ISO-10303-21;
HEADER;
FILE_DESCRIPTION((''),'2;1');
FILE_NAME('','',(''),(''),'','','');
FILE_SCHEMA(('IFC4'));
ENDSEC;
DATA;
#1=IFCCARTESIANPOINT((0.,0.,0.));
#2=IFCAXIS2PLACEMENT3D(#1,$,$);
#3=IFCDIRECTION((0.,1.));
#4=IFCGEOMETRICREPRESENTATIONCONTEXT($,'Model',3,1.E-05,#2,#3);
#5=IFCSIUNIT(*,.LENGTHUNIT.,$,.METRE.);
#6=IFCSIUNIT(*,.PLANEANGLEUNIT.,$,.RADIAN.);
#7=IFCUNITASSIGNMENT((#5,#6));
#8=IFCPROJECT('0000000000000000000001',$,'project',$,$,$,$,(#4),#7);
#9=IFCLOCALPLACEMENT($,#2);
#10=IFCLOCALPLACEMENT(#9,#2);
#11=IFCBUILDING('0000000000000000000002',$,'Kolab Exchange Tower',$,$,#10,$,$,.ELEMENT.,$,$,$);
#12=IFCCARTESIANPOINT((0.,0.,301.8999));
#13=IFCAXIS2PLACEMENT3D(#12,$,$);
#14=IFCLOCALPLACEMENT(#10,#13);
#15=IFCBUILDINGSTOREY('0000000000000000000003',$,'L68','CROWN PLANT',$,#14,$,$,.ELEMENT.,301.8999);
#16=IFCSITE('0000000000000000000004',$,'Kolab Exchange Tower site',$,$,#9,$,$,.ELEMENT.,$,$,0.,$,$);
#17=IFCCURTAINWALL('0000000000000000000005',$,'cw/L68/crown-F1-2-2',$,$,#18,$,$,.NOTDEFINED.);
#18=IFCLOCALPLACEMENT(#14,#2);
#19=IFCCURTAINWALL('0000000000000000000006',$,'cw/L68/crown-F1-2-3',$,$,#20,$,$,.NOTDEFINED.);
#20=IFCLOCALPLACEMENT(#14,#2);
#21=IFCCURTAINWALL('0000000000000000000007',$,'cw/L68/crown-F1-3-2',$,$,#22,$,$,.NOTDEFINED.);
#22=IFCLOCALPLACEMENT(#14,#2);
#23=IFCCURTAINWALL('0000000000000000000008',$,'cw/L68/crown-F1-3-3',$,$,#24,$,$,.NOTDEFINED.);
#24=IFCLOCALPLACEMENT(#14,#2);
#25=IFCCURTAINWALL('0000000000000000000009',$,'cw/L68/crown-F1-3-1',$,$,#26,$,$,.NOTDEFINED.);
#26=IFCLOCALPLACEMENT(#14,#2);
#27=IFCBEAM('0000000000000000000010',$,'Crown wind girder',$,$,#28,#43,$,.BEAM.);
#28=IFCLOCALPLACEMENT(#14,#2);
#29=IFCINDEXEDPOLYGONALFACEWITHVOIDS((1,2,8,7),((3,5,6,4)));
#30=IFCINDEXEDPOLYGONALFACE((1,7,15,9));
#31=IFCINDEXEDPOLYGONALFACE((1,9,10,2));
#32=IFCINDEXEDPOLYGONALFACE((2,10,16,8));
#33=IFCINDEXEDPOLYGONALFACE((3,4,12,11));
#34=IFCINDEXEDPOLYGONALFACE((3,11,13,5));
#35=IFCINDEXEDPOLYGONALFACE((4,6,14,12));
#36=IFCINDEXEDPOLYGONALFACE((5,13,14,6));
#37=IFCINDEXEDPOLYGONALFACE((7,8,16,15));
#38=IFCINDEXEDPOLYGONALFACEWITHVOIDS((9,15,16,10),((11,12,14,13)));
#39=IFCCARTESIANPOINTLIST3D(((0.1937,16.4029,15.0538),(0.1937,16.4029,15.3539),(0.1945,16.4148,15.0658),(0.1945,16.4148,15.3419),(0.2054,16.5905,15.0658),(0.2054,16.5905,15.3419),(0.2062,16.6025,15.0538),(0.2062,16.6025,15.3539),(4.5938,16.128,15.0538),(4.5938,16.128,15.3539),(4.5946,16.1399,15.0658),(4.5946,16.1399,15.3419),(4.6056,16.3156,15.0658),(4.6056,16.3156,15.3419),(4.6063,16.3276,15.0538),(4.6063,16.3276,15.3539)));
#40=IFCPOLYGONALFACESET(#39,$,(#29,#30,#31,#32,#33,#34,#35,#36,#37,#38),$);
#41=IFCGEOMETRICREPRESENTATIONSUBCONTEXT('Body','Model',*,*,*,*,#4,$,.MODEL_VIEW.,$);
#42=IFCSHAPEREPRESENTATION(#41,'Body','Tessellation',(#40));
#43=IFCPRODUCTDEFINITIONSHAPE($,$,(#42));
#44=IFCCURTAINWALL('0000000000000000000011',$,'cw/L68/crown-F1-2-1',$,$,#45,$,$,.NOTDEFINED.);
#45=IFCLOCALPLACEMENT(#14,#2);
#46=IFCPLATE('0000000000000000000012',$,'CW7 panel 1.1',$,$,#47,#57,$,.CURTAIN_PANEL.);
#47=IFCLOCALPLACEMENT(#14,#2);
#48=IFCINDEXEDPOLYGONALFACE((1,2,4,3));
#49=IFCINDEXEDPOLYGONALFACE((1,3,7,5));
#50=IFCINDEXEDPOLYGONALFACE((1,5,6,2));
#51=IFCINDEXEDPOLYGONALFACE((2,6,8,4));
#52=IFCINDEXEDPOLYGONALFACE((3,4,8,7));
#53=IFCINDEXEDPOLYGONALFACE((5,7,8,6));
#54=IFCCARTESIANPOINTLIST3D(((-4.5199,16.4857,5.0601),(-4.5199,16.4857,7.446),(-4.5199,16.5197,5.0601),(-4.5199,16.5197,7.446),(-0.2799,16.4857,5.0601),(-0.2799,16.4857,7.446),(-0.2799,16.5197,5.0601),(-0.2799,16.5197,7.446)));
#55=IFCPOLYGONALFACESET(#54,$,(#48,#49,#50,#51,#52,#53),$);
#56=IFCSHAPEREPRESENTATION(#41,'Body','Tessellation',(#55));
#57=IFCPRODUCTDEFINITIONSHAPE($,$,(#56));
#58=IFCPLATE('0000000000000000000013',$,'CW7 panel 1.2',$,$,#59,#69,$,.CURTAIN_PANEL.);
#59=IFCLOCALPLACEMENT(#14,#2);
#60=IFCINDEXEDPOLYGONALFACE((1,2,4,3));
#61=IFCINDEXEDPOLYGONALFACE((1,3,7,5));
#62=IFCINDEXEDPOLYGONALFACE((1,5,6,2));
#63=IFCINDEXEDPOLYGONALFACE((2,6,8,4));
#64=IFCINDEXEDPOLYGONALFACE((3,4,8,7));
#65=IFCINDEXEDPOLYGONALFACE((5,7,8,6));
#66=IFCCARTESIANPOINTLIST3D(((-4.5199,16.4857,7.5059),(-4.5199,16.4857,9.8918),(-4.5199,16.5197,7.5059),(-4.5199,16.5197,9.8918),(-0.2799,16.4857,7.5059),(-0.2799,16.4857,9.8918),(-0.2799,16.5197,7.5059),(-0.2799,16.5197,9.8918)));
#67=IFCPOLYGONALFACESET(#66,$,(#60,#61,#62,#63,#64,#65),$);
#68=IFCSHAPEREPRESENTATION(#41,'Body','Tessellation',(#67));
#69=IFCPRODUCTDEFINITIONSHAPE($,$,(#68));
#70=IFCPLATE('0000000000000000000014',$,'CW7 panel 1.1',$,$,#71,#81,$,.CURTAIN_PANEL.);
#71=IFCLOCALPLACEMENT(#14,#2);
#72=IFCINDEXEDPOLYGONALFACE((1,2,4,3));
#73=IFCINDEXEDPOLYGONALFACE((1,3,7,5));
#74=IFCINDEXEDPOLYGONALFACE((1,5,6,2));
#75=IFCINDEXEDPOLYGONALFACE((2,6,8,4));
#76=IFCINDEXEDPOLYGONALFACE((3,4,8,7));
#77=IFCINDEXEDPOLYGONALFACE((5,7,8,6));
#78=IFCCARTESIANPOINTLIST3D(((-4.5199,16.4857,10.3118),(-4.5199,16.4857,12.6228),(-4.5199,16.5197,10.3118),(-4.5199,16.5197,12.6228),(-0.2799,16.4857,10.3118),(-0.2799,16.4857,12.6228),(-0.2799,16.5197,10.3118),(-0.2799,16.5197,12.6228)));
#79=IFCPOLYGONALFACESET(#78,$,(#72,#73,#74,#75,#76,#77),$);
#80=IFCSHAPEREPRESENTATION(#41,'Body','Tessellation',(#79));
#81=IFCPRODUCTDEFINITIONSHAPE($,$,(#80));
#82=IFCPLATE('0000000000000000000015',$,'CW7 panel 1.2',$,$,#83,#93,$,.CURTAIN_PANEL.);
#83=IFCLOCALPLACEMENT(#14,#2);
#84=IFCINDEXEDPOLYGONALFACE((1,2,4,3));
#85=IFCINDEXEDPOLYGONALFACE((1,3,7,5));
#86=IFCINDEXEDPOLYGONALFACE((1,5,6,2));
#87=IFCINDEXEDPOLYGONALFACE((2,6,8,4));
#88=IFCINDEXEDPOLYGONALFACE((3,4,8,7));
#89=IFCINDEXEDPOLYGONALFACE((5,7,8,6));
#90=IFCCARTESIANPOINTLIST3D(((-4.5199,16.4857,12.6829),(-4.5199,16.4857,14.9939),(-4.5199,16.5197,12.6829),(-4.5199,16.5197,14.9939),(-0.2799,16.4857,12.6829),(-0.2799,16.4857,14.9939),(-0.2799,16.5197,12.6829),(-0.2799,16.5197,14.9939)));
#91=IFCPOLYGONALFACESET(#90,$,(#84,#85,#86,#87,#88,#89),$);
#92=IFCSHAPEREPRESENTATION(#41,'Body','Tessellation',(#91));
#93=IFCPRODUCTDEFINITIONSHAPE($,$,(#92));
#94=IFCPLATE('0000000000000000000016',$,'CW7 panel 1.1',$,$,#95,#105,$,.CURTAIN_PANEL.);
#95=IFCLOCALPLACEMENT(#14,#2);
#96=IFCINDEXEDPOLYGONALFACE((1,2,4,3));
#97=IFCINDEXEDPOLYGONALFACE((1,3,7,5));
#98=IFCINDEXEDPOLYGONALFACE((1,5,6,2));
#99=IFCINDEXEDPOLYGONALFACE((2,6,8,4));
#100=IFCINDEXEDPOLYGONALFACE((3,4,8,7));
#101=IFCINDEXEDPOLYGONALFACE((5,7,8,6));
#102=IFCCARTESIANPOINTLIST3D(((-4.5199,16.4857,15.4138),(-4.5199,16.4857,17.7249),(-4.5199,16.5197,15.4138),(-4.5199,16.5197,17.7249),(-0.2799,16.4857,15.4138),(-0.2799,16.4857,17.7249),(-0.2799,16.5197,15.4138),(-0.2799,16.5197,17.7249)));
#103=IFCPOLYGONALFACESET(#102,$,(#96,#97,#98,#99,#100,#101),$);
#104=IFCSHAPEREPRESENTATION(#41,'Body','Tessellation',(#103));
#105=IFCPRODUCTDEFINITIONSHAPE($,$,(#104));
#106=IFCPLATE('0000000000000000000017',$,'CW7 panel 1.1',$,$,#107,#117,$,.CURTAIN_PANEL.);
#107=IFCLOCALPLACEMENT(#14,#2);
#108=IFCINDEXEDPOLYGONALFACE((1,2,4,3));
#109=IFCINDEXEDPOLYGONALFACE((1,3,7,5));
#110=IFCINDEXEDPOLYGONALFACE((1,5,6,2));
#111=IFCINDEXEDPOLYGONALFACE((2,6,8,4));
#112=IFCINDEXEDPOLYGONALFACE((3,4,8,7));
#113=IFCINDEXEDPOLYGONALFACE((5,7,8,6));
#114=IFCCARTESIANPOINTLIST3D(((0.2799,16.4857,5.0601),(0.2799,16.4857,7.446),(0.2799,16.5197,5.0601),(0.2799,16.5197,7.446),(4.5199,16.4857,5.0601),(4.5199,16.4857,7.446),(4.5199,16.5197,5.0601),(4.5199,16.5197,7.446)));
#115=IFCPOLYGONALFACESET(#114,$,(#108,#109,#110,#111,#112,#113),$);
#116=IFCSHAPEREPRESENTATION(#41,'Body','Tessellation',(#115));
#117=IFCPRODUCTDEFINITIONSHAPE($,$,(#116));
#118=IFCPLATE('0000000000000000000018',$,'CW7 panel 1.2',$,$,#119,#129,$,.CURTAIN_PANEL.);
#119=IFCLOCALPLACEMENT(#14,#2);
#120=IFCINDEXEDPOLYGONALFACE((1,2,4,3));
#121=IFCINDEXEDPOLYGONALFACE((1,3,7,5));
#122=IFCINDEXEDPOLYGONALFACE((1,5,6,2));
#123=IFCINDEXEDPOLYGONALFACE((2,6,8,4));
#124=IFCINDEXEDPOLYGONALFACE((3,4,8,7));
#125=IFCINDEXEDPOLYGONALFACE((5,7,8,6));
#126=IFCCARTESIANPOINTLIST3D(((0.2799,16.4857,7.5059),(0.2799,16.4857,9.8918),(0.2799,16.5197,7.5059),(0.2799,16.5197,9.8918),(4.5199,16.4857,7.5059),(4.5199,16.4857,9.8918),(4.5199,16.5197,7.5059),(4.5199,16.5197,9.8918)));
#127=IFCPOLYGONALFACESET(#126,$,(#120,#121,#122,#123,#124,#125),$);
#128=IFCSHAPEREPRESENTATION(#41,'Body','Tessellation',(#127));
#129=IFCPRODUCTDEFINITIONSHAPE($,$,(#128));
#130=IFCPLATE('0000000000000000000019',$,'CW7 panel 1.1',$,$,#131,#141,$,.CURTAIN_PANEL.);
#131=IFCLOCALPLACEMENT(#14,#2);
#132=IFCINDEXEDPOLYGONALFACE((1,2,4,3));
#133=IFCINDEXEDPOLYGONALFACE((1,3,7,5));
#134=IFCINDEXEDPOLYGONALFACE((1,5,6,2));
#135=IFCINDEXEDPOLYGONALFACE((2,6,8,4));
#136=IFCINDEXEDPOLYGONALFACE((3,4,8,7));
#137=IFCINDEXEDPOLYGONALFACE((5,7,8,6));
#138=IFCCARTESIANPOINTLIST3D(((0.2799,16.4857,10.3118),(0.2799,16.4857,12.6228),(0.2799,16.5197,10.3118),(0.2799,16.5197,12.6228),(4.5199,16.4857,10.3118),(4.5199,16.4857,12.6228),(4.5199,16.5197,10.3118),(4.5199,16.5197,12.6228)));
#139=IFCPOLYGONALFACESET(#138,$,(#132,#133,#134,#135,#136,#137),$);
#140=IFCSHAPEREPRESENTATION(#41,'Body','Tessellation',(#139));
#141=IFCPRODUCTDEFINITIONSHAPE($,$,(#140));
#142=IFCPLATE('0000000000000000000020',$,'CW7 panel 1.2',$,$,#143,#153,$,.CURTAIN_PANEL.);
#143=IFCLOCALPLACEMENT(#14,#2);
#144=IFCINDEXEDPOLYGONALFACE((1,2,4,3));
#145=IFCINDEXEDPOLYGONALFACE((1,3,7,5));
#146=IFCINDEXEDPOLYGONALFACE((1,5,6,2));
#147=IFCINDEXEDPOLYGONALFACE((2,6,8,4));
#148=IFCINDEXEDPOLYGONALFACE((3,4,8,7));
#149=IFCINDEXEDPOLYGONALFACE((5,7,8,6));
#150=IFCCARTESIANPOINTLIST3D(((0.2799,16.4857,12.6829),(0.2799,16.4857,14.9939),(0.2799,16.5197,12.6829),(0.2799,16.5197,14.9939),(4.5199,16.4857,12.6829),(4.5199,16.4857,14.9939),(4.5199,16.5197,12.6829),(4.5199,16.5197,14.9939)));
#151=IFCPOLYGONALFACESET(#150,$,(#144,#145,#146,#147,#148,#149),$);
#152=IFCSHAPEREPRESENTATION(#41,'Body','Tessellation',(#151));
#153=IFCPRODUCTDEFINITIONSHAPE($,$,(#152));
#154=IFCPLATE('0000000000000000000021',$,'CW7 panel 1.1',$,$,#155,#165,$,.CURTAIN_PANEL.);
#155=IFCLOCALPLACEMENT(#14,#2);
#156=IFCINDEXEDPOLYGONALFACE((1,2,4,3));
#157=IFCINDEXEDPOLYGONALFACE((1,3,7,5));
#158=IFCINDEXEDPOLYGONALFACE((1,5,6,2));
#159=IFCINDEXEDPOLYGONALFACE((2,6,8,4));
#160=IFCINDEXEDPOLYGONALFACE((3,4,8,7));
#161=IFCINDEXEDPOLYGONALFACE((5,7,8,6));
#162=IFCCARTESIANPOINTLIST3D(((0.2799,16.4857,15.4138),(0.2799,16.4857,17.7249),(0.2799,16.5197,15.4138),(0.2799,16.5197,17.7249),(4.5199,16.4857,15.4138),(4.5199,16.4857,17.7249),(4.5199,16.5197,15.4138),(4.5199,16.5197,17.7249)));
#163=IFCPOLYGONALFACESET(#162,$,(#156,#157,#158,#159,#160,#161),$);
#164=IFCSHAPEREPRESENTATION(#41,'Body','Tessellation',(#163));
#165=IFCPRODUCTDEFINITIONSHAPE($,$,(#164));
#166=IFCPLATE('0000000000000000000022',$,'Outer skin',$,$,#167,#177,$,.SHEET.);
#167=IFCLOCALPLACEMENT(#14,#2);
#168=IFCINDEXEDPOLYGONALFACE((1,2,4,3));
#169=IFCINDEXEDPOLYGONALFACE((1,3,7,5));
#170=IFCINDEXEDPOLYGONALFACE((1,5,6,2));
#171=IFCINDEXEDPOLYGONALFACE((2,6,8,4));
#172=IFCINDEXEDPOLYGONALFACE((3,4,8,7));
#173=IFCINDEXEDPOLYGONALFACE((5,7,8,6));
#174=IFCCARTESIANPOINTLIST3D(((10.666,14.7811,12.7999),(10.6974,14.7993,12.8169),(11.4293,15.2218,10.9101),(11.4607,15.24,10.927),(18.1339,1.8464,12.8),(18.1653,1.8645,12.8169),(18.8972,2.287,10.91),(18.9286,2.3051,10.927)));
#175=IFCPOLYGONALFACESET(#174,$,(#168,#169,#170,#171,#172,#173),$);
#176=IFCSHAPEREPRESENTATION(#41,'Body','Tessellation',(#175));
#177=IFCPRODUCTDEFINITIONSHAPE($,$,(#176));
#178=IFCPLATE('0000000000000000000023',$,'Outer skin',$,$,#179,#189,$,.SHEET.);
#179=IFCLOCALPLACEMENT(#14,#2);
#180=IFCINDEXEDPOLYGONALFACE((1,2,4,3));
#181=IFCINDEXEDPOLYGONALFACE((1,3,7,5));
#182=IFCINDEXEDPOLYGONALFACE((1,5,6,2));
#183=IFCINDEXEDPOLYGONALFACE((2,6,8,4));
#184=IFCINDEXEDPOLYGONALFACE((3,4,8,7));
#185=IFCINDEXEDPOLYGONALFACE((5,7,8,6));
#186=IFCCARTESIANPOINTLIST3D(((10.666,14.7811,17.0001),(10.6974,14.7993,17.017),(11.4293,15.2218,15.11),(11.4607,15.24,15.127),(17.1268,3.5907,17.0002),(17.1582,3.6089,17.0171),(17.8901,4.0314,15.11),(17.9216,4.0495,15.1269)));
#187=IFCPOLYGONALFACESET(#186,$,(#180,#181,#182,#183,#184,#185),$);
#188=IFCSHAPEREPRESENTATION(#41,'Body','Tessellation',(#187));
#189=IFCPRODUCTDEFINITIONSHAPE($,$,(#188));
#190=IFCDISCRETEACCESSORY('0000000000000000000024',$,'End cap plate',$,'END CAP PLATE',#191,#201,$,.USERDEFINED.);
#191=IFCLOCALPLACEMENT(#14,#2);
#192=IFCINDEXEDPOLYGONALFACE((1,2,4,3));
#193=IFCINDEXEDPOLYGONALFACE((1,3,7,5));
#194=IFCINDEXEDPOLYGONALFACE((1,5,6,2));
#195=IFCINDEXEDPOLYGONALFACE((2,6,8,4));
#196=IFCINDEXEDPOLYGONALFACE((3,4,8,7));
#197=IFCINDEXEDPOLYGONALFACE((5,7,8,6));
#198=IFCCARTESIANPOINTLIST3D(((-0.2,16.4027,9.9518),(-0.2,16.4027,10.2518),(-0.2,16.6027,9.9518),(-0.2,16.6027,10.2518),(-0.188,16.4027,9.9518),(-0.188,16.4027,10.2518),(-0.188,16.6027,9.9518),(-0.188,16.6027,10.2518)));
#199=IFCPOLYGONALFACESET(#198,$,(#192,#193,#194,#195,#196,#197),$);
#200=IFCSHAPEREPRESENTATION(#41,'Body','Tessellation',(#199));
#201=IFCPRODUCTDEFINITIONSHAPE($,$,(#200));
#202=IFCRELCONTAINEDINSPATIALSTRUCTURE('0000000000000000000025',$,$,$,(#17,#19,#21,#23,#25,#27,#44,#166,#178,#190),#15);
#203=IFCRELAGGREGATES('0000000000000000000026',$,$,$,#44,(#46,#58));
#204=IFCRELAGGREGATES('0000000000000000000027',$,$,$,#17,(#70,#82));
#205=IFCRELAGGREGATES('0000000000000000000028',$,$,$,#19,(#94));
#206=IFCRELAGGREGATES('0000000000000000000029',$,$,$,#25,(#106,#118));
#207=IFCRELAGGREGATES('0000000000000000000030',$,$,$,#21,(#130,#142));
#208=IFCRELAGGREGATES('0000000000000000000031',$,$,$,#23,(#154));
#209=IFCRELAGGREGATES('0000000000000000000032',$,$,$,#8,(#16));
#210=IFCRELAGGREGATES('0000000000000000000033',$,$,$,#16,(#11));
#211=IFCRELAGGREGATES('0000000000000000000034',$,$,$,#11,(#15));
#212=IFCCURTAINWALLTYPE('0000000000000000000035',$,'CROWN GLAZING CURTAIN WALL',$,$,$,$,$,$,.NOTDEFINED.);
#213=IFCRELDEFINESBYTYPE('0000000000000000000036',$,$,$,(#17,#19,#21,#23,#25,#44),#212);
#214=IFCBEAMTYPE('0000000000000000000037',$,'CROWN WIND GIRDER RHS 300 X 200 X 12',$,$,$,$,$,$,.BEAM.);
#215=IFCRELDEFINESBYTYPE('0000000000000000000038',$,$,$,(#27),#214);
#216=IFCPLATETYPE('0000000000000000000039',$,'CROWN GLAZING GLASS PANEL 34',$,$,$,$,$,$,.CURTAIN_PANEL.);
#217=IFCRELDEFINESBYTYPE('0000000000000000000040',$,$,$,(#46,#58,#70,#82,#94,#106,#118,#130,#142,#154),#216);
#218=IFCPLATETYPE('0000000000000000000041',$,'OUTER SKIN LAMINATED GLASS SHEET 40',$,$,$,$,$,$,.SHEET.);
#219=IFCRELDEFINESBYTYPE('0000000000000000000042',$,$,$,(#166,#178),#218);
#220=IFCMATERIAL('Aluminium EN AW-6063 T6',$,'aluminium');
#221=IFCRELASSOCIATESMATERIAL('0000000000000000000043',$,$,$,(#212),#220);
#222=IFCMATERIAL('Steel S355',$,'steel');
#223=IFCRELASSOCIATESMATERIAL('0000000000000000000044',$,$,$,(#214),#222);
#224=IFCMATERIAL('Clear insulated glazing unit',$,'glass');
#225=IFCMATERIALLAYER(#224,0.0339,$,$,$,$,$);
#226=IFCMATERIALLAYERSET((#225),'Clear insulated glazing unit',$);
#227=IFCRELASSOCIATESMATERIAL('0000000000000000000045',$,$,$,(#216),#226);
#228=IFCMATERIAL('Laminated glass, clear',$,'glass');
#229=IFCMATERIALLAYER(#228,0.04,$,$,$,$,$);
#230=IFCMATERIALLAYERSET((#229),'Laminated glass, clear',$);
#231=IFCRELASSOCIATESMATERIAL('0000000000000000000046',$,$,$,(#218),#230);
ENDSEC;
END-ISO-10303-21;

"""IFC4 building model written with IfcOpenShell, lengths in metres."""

from ifc_helpers import new_model, si_unit, direction, frame, origin, origin_2d, place, context, subcontext, project, spatial, polyline, rectangle, hollow_rectangle, outline, extrude, material, layer, layer_set, material_profile, profile_set, type_object, element, aggregate, save


model = new_model("IFC4")

# Units and contexts
model_context = context("Model", 3, precision=1e-05, world=origin(), true_north=direction((0.0, 1.0)))
body_context = subcontext(model_context, "Body", "Model", "MODEL_VIEW")
ifc_project = project(units=[si_unit("LENGTHUNIT", "METRE"), si_unit("PLANEANGLEUNIT", "RADIAN")], contexts=[model_context])

# Site, building, storey
site_placement = place(None, origin())
site = spatial("IfcSite", under=ifc_project, at=site_placement, Name="Kolab Exchange Tower site", CompositionType="ELEMENT", RefElevation=0.0)
building_placement = place(site_placement, origin())
building = spatial("IfcBuilding", under=site, at=building_placement, Name="Kolab Exchange Tower", CompositionType="ELEMENT")
storey_placement = place(building_placement, frame((0.0, 0.0, 301.8999)))
storey = spatial("IfcBuildingStorey", under=building, at=storey_placement, Name="L68", Description="CROWN PLANT", CompositionType="ELEMENT", Elevation=301.8999)

# Curtain walls
ifc_material_1 = material(Name="Aluminium EN AW-6063 T6", Category="aluminium")
curtain_wall_type = type_object("IfcCurtainWallType", Name="CROWN GLAZING CURTAIN WALL", PredefinedType="NOTDEFINED", material=ifc_material_1)
curtain_wall_1_placement = place(storey_placement, origin())
curtain_wall_1 = element("IfcCurtainWall", 1, at=curtain_wall_1_placement, inside=storey, type_object=curtain_wall_type, Name="cw/L68/crown-F1-2-2", PredefinedType="NOTDEFINED")
curtain_wall_2_placement = place(storey_placement, origin())
curtain_wall_2 = element("IfcCurtainWall", 2, at=curtain_wall_2_placement, inside=storey, type_object=curtain_wall_type, Name="cw/L68/crown-F1-2-3", PredefinedType="NOTDEFINED")

# Curtain walls
curtain_wall_3_placement = place(storey_placement, origin())
curtain_wall_3 = element("IfcCurtainWall", 3, at=curtain_wall_3_placement, inside=storey, type_object=curtain_wall_type, Name="cw/L68/crown-F1-3-2", PredefinedType="NOTDEFINED")
curtain_wall_4_placement = place(storey_placement, origin())
curtain_wall_4 = element("IfcCurtainWall", 4, at=curtain_wall_4_placement, inside=storey, type_object=curtain_wall_type, Name="cw/L68/crown-F1-3-3", PredefinedType="NOTDEFINED")
curtain_wall_5_placement = place(storey_placement, origin())
curtain_wall_5 = element("IfcCurtainWall", 5, at=curtain_wall_5_placement, inside=storey, type_object=curtain_wall_type, Name="cw/L68/crown-F1-3-1", PredefinedType="NOTDEFINED")

# Beam
ifc_material_2 = material(Name="Steel S355", Category="steel")
ifc_material_profile_1 = material_profile(ifc_material_2, hollow_rectangle(XDim=0.2, YDim=0.3, WallThickness=0.012, at=origin_2d()), Name="RHS300X200X12")
ifc_profile_set_1 = profile_set([ifc_material_profile_1], Name="Steel S355")
beam_type = type_object("IfcBeamType", Name="CROWN WIND GIRDER RHS 300 X 200 X 12", PredefinedType="BEAM", material=ifc_profile_set_1)
for number, where, z_axis, x_axis, name in (
    (6, (0.2, 16.5027, 15.2039), (0.998054, -0.062354, 0.0), (0.062354, 0.998054, 0.0), "Crown wind girder"),
):
    element("IfcBeam", number, at=place(storey_placement, frame(where, z_axis=z_axis, x_axis=x_axis)), inside=storey, type_object=beam_type, Name=name, PredefinedType="BEAM", context=body_context, shape_type="SweptSolid", body=[
        extrude(hollow_rectangle(XDim=0.2, YDim=0.3, WallThickness=0.012, at=origin_2d()), origin(), (0.0, 0.0, 1.0), 4.4087),
    ])

# Curtain wall, plates
curtain_wall_6_placement = place(storey_placement, origin())
curtain_wall_6 = element("IfcCurtainWall", 7, at=curtain_wall_6_placement, inside=storey, type_object=curtain_wall_type, Name="cw/L68/crown-F1-2-1", PredefinedType="NOTDEFINED")
ifc_material_3 = material(Name="Clear insulated glazing unit", Category="glass")
ifc_layer_1 = layer(ifc_material_3, 0.0339)
ifc_layer_set_1 = layer_set([ifc_layer_1], Name="Clear insulated glazing unit")
plate_type_1 = type_object("IfcPlateType", Name="CROWN GLAZING GLASS PANEL 34", PredefinedType="CURTAIN_PANEL", material=ifc_layer_set_1)
plate_1_placement = place(storey_placement, frame((-2.3999, 16.5027, 5.0601), z_axis=(0.0, 0.0, 1.0), x_axis=(1.0, 0.0, 0.0)))
plate_1 = element("IfcPlate", 8, at=plate_1_placement, type_object=plate_type_1, Name="CW7 panel 1.1", PredefinedType="CURTAIN_PANEL", context=body_context, shape_type="SweptSolid", body=[
    extrude(rectangle(XDim=4.24, YDim=0.0339, at=origin_2d()), origin(), (0.0, 0.0, 1.0), 2.386),
])
plate_2_placement = place(storey_placement, frame((-2.3999, 16.5027, 7.5059), z_axis=(0.0, 0.0, 1.0), x_axis=(1.0, 0.0, 0.0)))
plate_2 = element("IfcPlate", 9, at=plate_2_placement, type_object=plate_type_1, Name="CW7 panel 1.2", PredefinedType="CURTAIN_PANEL", context=body_context, shape_type="SweptSolid", body=[
    extrude(rectangle(XDim=4.24, YDim=0.0339, at=origin_2d()), origin(), (0.0, 0.0, 1.0), 2.386),
])
aggregate(curtain_wall_6, [plate_1, plate_2])

# Plates
plate_3_placement = place(storey_placement, frame((-2.3999, 16.5027, 10.3118), z_axis=(0.0, 0.0, 1.0), x_axis=(1.0, 0.0, 0.0)))
plate_3 = element("IfcPlate", 10, at=plate_3_placement, type_object=plate_type_1, Name="CW7 panel 1.1", PredefinedType="CURTAIN_PANEL", context=body_context, shape_type="SweptSolid", body=[
    extrude(rectangle(XDim=4.24, YDim=0.0339, at=origin_2d()), origin(), (0.0, 0.0, 1.0), 2.311),
])
plate_4_placement = place(storey_placement, frame((-2.3999, 16.5027, 12.6829), z_axis=(0.0, 0.0, 1.0), x_axis=(1.0, 0.0, 0.0)))
plate_4 = element("IfcPlate", 11, at=plate_4_placement, type_object=plate_type_1, Name="CW7 panel 1.2", PredefinedType="CURTAIN_PANEL", context=body_context, shape_type="SweptSolid", body=[
    extrude(rectangle(XDim=4.24, YDim=0.0339, at=origin_2d()), origin(), (0.0, 0.0, 1.0), 2.311),
])
aggregate(curtain_wall_1, [plate_3, plate_4])
plate_5_placement = place(storey_placement, frame((-2.3999, 16.5027, 15.4138), z_axis=(0.0, 0.0, 1.0), x_axis=(1.0, 0.0, 0.0)))
plate_5 = element("IfcPlate", 12, at=plate_5_placement, type_object=plate_type_1, Name="CW7 panel 1.1", PredefinedType="CURTAIN_PANEL", context=body_context, shape_type="SweptSolid", body=[
    extrude(rectangle(XDim=4.24, YDim=0.0339, at=origin_2d()), origin(), (0.0, 0.0, 1.0), 2.311),
])
aggregate(curtain_wall_2, [plate_5])
plate_6_placement = place(storey_placement, frame((2.3999, 16.5027, 5.0601), z_axis=(0.0, 0.0, 1.0), x_axis=(1.0, 0.0, 0.0)))
plate_6 = element("IfcPlate", 13, at=plate_6_placement, type_object=plate_type_1, Name="CW7 panel 1.1", PredefinedType="CURTAIN_PANEL", context=body_context, shape_type="SweptSolid", body=[
    extrude(rectangle(XDim=4.24, YDim=0.0339, at=origin_2d()), origin(), (0.0, 0.0, 1.0), 2.386),
])
plate_7_placement = place(storey_placement, frame((2.3999, 16.5027, 7.5059), z_axis=(0.0, 0.0, 1.0), x_axis=(1.0, 0.0, 0.0)))
plate_7 = element("IfcPlate", 14, at=plate_7_placement, type_object=plate_type_1, Name="CW7 panel 1.2", PredefinedType="CURTAIN_PANEL", context=body_context, shape_type="SweptSolid", body=[
    extrude(rectangle(XDim=4.24, YDim=0.0339, at=origin_2d()), origin(), (0.0, 0.0, 1.0), 2.386),
])
aggregate(curtain_wall_5, [plate_6, plate_7])
plate_8_placement = place(storey_placement, frame((2.3999, 16.5027, 10.3118), z_axis=(0.0, 0.0, 1.0), x_axis=(1.0, 0.0, 0.0)))
plate_8 = element("IfcPlate", 15, at=plate_8_placement, type_object=plate_type_1, Name="CW7 panel 1.1", PredefinedType="CURTAIN_PANEL", context=body_context, shape_type="SweptSolid", body=[
    extrude(rectangle(XDim=4.24, YDim=0.0339, at=origin_2d()), origin(), (0.0, 0.0, 1.0), 2.311),
])
plate_9_placement = place(storey_placement, frame((2.3999, 16.5027, 12.6829), z_axis=(0.0, 0.0, 1.0), x_axis=(1.0, 0.0, 0.0)))
plate_9 = element("IfcPlate", 16, at=plate_9_placement, type_object=plate_type_1, Name="CW7 panel 1.2", PredefinedType="CURTAIN_PANEL", context=body_context, shape_type="SweptSolid", body=[
    extrude(rectangle(XDim=4.24, YDim=0.0339, at=origin_2d()), origin(), (0.0, 0.0, 1.0), 2.311),
])
aggregate(curtain_wall_3, [plate_8, plate_9])
plate_10_placement = place(storey_placement, frame((2.3999, 16.5027, 15.4138), z_axis=(0.0, 0.0, 1.0), x_axis=(1.0, 0.0, 0.0)))
plate_10 = element("IfcPlate", 17, at=plate_10_placement, type_object=plate_type_1, Name="CW7 panel 1.1", PredefinedType="CURTAIN_PANEL", context=body_context, shape_type="SweptSolid", body=[
    extrude(rectangle(XDim=4.24, YDim=0.0339, at=origin_2d()), origin(), (0.0, 0.0, 1.0), 2.311),
])
aggregate(curtain_wall_4, [plate_10])

# Plates
ifc_material_4 = material(Name="Laminated glass, clear", Category="glass")
ifc_layer_2 = layer(ifc_material_4, 0.04)
ifc_layer_set_2 = layer_set([ifc_layer_2], Name="Laminated glass, clear")
plate_type_2 = type_object("IfcPlateType", Name="OUTER SKIN LAMINATED GLASS SHEET 40", PredefinedType="SHEET", material=ifc_layer_set_2)
plate_11_placement = place(storey_placement, frame((11.4607, 15.24, 10.927), z_axis=(0.784869, 0.453143, 0.422661), x_axis=(0.5, -0.866025, -0.000003)))
element("IfcPlate", 18, at=plate_11_placement, inside=storey, type_object=plate_type_2, Name="Outer skin", PredefinedType="SHEET", context=body_context, shape_type="SweptSolid", body=[
    extrude(outline(polyline([(0.0, 0.0), (14.9359, 0.0), (14.9358, -2.0854), (0.0, -2.0853), (0.0, 0.0)])), origin(), (0.0, 0.0, -1.0), 0.04),
])
plate_12_placement = place(storey_placement, frame((11.4607, 15.24, 15.127), z_axis=(0.784886, 0.453155, 0.422616), x_axis=(0.500002, -0.866024, -0.000003)))
element("IfcPlate", 19, at=plate_12_placement, inside=storey, type_object=plate_type_2, Name="Outer skin", PredefinedType="SHEET", context=body_context, shape_type="SweptSolid", body=[
    extrude(outline(polyline([(0.0, 0.0), (12.9217, 0.0), (12.9216, -2.0856), (0.0, -2.0855), (0.0, 0.0)])), origin(), (0.0, 0.0, -1.0), 0.04),
])

# Discrete accessory
for number, where, z_axis, x_axis, name in (
    (20, (-0.2, 16.5027, 10.1018), (1.0, 0.0, 0.0), (0.0, 1.0, 0.0), "End cap plate"),
):
    element("IfcDiscreteAccessory", number, at=place(storey_placement, frame(where, z_axis=z_axis, x_axis=x_axis)), inside=storey, Name=name, ObjectType="END CAP PLATE", PredefinedType="USERDEFINED", context=body_context, shape_type="SweptSolid", body=[
        extrude(rectangle(XDim=0.2, YDim=0.3, at=origin_2d()), origin(), (0.0, 0.0, 1.0), 0.012),
    ])

save(model, "model.ifc")
